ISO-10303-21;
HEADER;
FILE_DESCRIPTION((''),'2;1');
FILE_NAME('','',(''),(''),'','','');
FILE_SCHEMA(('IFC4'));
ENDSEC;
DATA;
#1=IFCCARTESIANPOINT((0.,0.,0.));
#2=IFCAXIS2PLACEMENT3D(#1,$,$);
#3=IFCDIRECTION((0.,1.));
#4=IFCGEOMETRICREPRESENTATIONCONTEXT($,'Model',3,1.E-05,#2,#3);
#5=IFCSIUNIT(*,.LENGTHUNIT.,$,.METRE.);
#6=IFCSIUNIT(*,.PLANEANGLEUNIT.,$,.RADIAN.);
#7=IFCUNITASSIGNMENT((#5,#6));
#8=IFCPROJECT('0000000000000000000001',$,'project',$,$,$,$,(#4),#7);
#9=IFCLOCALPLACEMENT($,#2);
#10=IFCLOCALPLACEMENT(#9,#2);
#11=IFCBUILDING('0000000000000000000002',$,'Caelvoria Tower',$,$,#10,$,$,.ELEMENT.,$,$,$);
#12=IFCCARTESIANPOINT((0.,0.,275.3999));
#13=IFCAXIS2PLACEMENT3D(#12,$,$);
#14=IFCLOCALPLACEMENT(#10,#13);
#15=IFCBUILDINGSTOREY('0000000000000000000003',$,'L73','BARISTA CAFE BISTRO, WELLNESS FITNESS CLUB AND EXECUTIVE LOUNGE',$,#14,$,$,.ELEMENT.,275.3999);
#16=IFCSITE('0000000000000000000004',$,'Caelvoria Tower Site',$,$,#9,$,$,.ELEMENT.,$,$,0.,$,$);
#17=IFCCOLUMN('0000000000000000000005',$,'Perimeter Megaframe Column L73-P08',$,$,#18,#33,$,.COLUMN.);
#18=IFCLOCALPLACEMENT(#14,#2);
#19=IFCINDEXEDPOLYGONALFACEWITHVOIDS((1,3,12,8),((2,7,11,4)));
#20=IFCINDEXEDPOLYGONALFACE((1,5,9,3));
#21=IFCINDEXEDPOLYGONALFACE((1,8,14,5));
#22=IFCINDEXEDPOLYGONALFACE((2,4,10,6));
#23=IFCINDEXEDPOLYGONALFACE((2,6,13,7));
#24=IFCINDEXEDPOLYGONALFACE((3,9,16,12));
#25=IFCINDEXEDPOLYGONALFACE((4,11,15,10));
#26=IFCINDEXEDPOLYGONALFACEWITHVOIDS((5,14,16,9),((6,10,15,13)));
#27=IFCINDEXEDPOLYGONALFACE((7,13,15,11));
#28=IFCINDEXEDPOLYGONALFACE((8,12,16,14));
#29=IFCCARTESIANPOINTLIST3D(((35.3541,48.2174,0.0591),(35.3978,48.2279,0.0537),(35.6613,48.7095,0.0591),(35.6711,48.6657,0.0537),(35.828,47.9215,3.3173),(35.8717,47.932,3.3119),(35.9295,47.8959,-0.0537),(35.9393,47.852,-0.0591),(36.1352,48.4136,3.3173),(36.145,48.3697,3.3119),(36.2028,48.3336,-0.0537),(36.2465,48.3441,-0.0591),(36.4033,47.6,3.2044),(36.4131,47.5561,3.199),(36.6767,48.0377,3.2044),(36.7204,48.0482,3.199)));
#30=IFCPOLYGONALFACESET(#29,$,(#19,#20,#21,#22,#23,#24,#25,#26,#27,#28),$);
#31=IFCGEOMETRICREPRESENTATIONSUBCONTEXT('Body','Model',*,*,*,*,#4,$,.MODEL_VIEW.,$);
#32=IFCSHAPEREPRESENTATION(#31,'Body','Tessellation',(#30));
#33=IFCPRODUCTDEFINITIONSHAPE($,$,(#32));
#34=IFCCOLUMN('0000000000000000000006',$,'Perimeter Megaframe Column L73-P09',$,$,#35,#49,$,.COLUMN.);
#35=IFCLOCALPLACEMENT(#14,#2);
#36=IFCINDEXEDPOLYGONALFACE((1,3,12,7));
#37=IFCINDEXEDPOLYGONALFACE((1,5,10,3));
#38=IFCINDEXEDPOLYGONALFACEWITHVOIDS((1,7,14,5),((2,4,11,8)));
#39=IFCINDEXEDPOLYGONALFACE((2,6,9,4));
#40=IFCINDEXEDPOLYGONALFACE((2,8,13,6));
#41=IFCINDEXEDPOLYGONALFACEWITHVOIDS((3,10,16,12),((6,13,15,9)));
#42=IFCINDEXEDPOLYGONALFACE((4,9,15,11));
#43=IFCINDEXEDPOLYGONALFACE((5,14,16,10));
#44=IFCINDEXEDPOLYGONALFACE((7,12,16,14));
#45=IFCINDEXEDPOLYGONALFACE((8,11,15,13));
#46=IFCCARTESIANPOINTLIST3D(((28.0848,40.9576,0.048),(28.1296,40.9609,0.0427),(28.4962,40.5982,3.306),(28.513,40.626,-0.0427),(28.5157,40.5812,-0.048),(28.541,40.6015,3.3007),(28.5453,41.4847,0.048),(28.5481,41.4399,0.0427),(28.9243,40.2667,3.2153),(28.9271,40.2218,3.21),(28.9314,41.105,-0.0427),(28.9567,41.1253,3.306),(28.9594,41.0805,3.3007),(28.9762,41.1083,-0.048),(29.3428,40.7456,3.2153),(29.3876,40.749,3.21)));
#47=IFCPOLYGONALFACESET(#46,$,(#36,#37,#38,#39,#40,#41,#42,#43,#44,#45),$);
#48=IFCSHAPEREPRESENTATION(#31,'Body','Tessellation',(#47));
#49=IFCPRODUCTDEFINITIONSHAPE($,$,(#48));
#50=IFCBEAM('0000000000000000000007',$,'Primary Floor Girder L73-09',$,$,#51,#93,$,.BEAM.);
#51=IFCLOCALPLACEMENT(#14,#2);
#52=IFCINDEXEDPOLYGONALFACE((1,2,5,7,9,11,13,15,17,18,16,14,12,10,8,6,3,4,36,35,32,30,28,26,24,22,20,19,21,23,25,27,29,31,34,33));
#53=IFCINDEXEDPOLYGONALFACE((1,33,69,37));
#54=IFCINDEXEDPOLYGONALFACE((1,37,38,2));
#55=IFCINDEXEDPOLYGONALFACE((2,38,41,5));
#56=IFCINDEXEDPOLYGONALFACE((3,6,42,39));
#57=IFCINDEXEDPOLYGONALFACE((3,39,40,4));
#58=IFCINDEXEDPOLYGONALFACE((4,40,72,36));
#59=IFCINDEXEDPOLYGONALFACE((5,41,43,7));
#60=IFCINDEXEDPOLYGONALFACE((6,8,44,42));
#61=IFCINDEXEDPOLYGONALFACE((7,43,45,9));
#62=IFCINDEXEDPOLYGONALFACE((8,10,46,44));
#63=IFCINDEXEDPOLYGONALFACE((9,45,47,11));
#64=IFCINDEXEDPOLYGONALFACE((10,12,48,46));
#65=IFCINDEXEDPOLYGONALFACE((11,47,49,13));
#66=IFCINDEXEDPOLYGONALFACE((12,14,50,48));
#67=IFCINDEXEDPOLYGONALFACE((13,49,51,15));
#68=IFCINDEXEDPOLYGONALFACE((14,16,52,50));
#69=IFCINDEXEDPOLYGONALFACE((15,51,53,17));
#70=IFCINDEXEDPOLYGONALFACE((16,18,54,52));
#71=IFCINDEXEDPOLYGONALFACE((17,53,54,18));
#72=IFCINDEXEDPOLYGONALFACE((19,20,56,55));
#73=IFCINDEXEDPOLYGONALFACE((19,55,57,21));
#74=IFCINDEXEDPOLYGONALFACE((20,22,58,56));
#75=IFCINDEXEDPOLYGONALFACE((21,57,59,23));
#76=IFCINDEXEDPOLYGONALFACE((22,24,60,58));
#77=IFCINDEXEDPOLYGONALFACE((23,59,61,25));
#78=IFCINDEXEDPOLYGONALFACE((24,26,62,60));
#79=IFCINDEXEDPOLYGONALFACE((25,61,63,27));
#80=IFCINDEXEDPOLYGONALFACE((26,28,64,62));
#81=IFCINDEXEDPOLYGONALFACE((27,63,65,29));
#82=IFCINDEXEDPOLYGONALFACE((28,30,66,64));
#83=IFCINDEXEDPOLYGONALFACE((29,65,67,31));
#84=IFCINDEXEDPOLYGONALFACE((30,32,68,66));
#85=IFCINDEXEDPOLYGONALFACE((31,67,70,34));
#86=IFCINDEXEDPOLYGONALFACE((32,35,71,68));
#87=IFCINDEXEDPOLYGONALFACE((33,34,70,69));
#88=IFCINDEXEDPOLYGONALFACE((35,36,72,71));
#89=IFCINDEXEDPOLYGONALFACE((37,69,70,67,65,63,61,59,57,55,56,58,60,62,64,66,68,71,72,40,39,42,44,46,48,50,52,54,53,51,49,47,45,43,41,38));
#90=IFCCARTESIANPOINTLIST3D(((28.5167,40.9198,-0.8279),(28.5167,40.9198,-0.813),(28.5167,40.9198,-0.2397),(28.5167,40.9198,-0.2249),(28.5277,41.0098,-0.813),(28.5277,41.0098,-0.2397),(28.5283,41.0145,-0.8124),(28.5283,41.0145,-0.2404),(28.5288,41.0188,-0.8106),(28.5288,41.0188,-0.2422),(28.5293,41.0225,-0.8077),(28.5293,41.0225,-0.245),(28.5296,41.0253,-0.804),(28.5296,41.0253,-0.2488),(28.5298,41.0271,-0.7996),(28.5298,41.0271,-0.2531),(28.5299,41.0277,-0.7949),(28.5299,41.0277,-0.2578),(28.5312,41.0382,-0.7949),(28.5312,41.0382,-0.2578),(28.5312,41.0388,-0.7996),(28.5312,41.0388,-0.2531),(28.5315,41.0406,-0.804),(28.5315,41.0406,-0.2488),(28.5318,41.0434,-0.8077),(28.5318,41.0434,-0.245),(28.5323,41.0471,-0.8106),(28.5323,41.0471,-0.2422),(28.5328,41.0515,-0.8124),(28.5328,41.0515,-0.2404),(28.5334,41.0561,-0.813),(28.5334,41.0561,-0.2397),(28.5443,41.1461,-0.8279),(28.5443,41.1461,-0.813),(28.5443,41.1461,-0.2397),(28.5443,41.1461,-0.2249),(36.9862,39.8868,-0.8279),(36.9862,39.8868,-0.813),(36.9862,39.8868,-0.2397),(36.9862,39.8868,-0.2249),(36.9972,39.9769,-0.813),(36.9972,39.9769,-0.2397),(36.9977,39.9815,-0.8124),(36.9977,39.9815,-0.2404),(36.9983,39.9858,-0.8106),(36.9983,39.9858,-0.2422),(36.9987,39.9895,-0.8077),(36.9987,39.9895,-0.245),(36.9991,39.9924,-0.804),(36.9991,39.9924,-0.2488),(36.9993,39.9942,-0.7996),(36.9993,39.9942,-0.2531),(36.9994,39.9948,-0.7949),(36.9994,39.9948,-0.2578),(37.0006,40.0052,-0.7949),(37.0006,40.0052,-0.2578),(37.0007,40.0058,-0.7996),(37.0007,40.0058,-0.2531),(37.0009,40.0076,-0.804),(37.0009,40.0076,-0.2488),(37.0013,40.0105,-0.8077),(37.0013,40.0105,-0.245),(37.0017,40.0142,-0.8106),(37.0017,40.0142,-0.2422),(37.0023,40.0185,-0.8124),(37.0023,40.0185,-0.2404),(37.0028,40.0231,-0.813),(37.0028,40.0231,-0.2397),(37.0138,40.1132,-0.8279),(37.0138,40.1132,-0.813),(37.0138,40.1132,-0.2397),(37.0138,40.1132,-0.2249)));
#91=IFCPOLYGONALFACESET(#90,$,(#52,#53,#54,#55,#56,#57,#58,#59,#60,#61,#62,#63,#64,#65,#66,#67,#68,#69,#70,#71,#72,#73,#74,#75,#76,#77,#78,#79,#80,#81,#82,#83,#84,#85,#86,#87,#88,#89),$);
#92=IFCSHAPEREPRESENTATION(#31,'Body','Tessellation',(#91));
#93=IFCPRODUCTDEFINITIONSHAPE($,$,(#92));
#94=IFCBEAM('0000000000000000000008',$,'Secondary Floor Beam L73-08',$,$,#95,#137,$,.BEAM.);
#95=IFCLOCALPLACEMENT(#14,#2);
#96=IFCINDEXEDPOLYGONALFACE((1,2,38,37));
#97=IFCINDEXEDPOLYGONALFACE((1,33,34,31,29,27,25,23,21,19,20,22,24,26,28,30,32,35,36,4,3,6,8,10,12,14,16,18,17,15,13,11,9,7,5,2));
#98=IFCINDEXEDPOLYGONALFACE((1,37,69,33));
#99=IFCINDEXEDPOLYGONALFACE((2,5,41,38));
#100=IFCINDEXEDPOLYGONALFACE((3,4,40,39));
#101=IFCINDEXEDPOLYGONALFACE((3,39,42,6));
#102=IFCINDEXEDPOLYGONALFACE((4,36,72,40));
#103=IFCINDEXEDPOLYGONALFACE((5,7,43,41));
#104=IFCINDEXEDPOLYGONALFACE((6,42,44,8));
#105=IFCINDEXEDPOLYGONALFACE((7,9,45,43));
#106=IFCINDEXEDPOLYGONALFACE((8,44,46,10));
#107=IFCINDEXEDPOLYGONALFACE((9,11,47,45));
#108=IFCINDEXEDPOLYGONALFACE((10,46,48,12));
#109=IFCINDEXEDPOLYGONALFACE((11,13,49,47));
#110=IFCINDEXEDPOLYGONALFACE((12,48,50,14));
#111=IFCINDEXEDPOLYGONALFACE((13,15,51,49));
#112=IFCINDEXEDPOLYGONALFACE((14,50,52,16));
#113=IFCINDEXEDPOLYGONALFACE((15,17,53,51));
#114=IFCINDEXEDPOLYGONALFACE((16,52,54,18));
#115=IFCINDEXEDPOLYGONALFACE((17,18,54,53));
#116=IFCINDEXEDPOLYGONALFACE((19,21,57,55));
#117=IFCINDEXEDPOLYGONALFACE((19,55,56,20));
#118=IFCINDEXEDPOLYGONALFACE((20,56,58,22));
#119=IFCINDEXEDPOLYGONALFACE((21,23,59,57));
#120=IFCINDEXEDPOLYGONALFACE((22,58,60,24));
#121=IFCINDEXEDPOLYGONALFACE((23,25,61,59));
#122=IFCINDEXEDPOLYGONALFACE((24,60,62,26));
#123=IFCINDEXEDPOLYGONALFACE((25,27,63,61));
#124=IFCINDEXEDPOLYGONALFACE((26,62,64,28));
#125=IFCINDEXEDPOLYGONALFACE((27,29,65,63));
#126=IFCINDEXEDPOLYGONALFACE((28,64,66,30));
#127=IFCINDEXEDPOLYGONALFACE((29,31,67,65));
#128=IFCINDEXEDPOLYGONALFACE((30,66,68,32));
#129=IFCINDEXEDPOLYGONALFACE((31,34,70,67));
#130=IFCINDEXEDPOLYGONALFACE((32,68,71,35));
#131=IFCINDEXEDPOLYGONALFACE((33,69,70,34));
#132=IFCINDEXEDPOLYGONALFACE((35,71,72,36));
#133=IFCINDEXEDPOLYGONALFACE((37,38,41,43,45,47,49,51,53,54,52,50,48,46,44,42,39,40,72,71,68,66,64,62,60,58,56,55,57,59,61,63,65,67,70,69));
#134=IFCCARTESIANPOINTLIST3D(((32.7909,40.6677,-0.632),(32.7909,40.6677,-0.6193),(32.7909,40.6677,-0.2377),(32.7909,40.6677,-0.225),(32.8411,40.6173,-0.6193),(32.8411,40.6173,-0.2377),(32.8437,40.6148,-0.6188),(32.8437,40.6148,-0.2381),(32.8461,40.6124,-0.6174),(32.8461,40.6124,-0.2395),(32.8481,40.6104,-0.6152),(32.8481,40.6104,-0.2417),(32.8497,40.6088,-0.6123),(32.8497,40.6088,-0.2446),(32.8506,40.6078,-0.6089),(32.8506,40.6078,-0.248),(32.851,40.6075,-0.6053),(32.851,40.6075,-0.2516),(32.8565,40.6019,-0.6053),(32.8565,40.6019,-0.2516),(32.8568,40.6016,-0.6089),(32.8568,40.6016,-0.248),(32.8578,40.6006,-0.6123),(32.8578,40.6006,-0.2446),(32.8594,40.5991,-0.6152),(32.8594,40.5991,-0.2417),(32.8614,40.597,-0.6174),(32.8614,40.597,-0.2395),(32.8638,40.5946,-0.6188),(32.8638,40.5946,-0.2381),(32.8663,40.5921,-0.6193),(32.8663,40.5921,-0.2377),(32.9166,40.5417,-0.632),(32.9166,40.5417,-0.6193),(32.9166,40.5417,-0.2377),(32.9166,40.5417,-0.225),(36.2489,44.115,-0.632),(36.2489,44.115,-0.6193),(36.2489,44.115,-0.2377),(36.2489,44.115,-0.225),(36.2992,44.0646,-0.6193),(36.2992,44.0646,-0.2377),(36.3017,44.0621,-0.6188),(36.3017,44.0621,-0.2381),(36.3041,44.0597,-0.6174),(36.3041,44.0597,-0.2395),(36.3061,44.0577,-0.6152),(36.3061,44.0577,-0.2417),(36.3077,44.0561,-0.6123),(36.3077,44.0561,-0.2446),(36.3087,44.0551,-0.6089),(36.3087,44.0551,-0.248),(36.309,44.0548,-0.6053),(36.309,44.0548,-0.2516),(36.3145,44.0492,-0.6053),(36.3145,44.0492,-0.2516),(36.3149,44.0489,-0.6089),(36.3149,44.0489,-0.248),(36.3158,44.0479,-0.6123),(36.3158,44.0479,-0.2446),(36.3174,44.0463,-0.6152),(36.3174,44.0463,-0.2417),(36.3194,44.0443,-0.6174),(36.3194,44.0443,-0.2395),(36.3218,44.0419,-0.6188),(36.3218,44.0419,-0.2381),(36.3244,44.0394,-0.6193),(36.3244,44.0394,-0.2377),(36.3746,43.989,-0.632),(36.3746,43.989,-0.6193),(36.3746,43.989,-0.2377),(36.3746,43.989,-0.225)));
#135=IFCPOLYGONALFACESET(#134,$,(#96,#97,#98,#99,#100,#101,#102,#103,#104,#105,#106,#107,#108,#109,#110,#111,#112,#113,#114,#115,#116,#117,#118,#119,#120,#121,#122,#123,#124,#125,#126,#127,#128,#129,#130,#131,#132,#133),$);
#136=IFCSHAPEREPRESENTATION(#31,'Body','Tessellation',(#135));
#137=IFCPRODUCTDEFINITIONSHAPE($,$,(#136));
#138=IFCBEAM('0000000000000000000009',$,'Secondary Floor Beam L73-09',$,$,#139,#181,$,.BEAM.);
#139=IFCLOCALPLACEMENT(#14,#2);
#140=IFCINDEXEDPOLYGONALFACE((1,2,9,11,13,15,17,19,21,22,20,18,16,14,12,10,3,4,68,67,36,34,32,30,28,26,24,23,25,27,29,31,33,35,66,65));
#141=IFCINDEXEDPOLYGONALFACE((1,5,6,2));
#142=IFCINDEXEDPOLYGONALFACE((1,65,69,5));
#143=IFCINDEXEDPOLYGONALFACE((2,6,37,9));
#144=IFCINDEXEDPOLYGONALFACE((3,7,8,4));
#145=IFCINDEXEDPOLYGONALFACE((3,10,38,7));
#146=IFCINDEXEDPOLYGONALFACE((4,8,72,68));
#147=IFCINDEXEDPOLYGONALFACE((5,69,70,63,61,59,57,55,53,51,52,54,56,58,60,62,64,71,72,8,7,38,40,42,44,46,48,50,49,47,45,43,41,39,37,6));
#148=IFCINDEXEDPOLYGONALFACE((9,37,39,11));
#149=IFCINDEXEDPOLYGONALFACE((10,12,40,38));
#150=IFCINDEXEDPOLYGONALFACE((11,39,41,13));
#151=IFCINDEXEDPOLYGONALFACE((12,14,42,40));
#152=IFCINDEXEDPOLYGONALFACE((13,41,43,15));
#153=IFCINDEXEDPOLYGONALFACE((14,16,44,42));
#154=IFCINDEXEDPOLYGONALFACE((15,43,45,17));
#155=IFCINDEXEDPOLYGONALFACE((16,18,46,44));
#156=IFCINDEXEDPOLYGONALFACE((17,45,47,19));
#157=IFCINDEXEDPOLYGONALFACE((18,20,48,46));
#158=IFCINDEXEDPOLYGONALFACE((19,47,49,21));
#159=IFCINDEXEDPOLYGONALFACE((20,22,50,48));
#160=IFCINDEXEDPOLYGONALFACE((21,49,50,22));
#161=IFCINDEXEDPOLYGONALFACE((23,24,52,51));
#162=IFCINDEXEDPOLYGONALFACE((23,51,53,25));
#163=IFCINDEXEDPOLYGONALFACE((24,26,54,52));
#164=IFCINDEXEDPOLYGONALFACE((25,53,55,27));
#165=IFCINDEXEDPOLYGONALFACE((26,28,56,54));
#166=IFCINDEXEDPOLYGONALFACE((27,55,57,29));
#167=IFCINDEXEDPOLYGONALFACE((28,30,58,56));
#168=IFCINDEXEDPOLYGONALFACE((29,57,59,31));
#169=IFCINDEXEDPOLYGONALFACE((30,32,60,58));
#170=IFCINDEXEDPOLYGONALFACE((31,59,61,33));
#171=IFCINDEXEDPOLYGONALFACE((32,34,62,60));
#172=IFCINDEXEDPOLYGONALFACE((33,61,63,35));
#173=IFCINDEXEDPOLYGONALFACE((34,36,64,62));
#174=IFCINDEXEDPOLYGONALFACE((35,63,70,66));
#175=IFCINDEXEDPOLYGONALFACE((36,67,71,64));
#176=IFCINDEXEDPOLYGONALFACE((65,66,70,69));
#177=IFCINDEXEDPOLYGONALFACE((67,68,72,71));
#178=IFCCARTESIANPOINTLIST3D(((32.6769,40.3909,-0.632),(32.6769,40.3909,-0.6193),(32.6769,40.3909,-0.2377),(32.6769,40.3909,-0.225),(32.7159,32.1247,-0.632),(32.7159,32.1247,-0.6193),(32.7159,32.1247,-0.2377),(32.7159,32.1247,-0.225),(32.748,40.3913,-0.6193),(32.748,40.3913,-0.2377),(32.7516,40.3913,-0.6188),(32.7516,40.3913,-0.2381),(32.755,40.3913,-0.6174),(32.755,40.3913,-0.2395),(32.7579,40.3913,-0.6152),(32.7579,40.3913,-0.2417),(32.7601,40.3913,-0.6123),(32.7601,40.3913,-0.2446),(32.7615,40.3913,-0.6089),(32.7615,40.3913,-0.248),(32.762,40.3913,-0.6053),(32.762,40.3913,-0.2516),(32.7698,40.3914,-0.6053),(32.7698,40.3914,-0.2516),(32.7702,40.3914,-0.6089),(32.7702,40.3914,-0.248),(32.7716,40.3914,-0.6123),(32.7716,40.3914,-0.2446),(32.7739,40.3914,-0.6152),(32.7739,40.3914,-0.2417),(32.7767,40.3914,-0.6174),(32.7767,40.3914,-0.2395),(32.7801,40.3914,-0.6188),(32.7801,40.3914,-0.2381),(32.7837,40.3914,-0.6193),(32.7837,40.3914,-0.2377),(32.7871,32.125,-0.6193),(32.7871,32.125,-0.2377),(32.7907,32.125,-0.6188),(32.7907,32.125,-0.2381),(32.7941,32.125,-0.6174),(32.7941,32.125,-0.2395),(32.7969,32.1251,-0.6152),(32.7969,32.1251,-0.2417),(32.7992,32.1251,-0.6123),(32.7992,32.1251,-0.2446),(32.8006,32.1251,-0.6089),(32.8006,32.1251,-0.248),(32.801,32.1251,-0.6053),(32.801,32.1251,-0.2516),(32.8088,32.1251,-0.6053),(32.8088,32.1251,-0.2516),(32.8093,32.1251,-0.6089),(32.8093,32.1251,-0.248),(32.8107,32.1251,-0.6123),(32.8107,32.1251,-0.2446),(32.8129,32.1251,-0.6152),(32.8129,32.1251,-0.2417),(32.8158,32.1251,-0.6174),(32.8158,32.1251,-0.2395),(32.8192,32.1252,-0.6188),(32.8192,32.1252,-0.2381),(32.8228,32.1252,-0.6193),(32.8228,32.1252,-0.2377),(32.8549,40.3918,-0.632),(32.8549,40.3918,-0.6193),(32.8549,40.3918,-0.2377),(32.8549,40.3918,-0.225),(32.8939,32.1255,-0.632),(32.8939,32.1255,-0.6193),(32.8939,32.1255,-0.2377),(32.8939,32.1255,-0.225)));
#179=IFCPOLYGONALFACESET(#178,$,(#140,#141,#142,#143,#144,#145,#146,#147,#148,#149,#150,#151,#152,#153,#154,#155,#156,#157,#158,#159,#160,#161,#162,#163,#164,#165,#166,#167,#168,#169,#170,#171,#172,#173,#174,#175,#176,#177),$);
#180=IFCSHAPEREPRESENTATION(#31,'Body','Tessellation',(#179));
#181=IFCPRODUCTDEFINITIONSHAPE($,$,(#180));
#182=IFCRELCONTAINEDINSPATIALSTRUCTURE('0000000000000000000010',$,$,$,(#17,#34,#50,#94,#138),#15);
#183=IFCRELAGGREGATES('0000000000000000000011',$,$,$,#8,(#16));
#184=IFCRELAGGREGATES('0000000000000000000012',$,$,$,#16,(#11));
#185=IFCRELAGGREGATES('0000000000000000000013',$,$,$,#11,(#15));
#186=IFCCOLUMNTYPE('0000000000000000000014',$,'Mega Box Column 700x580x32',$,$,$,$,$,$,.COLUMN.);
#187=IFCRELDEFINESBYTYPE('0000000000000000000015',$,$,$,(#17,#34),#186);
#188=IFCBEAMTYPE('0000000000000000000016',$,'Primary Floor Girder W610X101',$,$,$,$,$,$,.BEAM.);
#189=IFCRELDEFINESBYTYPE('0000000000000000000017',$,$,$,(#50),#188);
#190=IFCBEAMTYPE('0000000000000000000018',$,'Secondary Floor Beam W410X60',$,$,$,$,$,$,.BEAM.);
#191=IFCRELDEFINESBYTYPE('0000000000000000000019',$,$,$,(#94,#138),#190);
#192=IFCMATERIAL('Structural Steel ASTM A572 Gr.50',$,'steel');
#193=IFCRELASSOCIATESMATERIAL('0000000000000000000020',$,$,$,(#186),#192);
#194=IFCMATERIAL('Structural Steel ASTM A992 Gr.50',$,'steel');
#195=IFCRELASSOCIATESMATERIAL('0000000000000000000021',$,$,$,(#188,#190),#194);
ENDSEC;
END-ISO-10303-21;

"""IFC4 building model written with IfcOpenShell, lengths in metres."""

from ifc_helpers import new_model, si_unit, direction, frame, origin, origin_2d, place, context, subcontext, project, spatial, hollow_rectangle, i_section, extrude, material, material_profile, profile_set, type_object, element, save


model = new_model("IFC4")

# Units and contexts
model_context = context("Model", 3, precision=1e-05, world=origin(), true_north=direction((0.0, 1.0)))
body_context = subcontext(model_context, "Body", "Model", "MODEL_VIEW")
ifc_project = project(units=[si_unit("LENGTHUNIT", "METRE"), si_unit("PLANEANGLEUNIT", "RADIAN")], contexts=[model_context])

# Site, building, storey
site_placement = place(None, origin())
site = spatial("IfcSite", under=ifc_project, at=site_placement, Name="Caelvoria Tower Site", CompositionType="ELEMENT", RefElevation=0.0)
building_placement = place(site_placement, origin())
building = spatial("IfcBuilding", under=site, at=building_placement, Name="Caelvoria Tower", CompositionType="ELEMENT")
storey_placement = place(building_placement, frame((0.0, 0.0, 275.3999)))
storey = spatial("IfcBuildingStorey", under=building, at=storey_placement, Name="L73", Description="BARISTA CAFE BISTRO, WELLNESS FITNESS CLUB AND EXECUTIVE LOUNGE", CompositionType="ELEMENT", Elevation=275.3999)

# Columns
ifc_material_1 = material(Name="Structural Steel ASTM A572 Gr.50", Category="steel")
ifc_material_profile_1 = material_profile(ifc_material_1, hollow_rectangle(XDim=0.5801, YDim=0.7, WallThickness=0.032, at=origin_2d()), Name="Structural Steel ASTM A572 Gr.50")
ifc_profile_set_1 = profile_set([ifc_material_profile_1], Name="BOX700X580X32 - Structural Steel ASTM A572 Gr.50")
column_type = type_object("IfcColumnType", Name="Mega Box Column 700x580x32", PredefinedType="COLUMN", material=ifc_profile_set_1)
column_1_placement = place(storey_placement, frame((35.8003, 48.2808, 0.0), z_axis=(0.143355, -0.089514, 0.985615), x_axis=(0.529645, 0.848219, 0.0)))
element("IfcColumn", 1, at=column_1_placement, inside=storey, type_object=column_type, Name="Perimeter Megaframe Column L73-P08", PredefinedType="COLUMN", context=body_context, shape_type="SweptSolid", body=[
    extrude(hollow_rectangle(XDim=0.5801, YDim=0.7, WallThickness=0.032, at=origin_2d()), origin(), (0.0, 0.0, 1.0), 3.3057),
])
column_2_placement = place(storey_placement, frame((28.5305, 41.033, 0.0), z_axis=(0.124526, -0.108785, 0.986235), x_axis=(-0.742736, 0.648847, 0.165351)))
element("IfcColumn", 2, at=column_2_placement, inside=storey, type_object=column_type, Name="Perimeter Megaframe Column L73-P09", PredefinedType="COLUMN", context=body_context, shape_type="SweptSolid", body=[
    extrude(hollow_rectangle(XDim=0.5801, YDim=0.7, WallThickness=0.032, at=origin_2d()), origin(), (0.0, 0.0, 1.0), 3.3035),
])

# Beams
ifc_material_2 = material(Name="Structural Steel ASTM A992 Gr.50", Category="steel")
ifc_material_profile_2 = material_profile(ifc_material_2, i_section(OverallWidth=0.228, OverallDepth=0.603, WebThickness=0.0105, FlangeThickness=0.0149, FilletRadius=0.0181, at=origin_2d()), Name="Structural Steel ASTM A992 Gr.50")
ifc_profile_set_2 = profile_set([ifc_material_profile_2], Name="W610X101 - Structural Steel ASTM A992 Gr.50")
beam_type_1 = type_object("IfcBeamType", Name="Primary Floor Girder W610X101", PredefinedType="BEAM", material=ifc_profile_set_2)
beam_1_placement = place(storey_placement, frame((37.0, 40.0, -0.5264), z_axis=(-0.992645, 0.121065, 0.0), x_axis=(-0.121065, -0.992645, 0.0)))
element("IfcBeam", 3, at=beam_1_placement, inside=storey, type_object=beam_type_1, Name="Primary Floor Girder L73-09", PredefinedType="BEAM", context=body_context, shape_type="SweptSolid", body=[
    extrude(i_section(OverallWidth=0.228, OverallDepth=0.603, WebThickness=0.0105, FlangeThickness=0.0149, FilletRadius=0.0181, at=origin_2d()), origin(), (0.0, 0.0, 1.0), 8.5322),
])
ifc_material_profile_3 = material_profile(ifc_material_2, i_section(OverallWidth=0.178, OverallDepth=0.407, WebThickness=0.0078, FlangeThickness=0.0127, FilletRadius=0.0139, at=origin_2d()), Name="Structural Steel ASTM A992 Gr.50")
ifc_profile_set_3 = profile_set([ifc_material_profile_3], Name="W410X60 - Structural Steel ASTM A992 Gr.50")
beam_type_2 = type_object("IfcBeamType", Name="Secondary Floor Beam W410X60", PredefinedType="BEAM", material=ifc_profile_set_3)
beam_2_placement = place(storey_placement, frame((36.3118, 44.052, -0.4285), z_axis=(-0.708206, -0.706006, 0.0), x_axis=(0.706006, -0.708206, 0.0)))
element("IfcBeam", 4, at=beam_2_placement, inside=storey, type_object=beam_type_2, Name="Secondary Floor Beam L73-08", PredefinedType="BEAM", context=body_context, shape_type="SweptSolid", body=[
    extrude(i_section(OverallWidth=0.178, OverallDepth=0.407, WebThickness=0.0078, FlangeThickness=0.0127, FilletRadius=0.0139, at=origin_2d()), origin(), (0.0, 0.0, 1.0), 4.8828),
])
beam_3_placement = place(storey_placement, frame((32.7659, 40.3914, -0.4285), z_axis=(0.004725, -0.999989, 0.0), x_axis=(0.999989, 0.004725, 0.0)))
element("IfcBeam", 5, at=beam_3_placement, inside=storey, type_object=beam_type_2, Name="Secondary Floor Beam L73-09", PredefinedType="BEAM", context=body_context, shape_type="SweptSolid", body=[
    extrude(i_section(OverallWidth=0.178, OverallDepth=0.407, WebThickness=0.0078, FlangeThickness=0.0127, FilletRadius=0.0139, at=origin_2d()), origin(), (0.0, 0.0, 1.0), 8.2664),
])

save(model, "model.ifc")
